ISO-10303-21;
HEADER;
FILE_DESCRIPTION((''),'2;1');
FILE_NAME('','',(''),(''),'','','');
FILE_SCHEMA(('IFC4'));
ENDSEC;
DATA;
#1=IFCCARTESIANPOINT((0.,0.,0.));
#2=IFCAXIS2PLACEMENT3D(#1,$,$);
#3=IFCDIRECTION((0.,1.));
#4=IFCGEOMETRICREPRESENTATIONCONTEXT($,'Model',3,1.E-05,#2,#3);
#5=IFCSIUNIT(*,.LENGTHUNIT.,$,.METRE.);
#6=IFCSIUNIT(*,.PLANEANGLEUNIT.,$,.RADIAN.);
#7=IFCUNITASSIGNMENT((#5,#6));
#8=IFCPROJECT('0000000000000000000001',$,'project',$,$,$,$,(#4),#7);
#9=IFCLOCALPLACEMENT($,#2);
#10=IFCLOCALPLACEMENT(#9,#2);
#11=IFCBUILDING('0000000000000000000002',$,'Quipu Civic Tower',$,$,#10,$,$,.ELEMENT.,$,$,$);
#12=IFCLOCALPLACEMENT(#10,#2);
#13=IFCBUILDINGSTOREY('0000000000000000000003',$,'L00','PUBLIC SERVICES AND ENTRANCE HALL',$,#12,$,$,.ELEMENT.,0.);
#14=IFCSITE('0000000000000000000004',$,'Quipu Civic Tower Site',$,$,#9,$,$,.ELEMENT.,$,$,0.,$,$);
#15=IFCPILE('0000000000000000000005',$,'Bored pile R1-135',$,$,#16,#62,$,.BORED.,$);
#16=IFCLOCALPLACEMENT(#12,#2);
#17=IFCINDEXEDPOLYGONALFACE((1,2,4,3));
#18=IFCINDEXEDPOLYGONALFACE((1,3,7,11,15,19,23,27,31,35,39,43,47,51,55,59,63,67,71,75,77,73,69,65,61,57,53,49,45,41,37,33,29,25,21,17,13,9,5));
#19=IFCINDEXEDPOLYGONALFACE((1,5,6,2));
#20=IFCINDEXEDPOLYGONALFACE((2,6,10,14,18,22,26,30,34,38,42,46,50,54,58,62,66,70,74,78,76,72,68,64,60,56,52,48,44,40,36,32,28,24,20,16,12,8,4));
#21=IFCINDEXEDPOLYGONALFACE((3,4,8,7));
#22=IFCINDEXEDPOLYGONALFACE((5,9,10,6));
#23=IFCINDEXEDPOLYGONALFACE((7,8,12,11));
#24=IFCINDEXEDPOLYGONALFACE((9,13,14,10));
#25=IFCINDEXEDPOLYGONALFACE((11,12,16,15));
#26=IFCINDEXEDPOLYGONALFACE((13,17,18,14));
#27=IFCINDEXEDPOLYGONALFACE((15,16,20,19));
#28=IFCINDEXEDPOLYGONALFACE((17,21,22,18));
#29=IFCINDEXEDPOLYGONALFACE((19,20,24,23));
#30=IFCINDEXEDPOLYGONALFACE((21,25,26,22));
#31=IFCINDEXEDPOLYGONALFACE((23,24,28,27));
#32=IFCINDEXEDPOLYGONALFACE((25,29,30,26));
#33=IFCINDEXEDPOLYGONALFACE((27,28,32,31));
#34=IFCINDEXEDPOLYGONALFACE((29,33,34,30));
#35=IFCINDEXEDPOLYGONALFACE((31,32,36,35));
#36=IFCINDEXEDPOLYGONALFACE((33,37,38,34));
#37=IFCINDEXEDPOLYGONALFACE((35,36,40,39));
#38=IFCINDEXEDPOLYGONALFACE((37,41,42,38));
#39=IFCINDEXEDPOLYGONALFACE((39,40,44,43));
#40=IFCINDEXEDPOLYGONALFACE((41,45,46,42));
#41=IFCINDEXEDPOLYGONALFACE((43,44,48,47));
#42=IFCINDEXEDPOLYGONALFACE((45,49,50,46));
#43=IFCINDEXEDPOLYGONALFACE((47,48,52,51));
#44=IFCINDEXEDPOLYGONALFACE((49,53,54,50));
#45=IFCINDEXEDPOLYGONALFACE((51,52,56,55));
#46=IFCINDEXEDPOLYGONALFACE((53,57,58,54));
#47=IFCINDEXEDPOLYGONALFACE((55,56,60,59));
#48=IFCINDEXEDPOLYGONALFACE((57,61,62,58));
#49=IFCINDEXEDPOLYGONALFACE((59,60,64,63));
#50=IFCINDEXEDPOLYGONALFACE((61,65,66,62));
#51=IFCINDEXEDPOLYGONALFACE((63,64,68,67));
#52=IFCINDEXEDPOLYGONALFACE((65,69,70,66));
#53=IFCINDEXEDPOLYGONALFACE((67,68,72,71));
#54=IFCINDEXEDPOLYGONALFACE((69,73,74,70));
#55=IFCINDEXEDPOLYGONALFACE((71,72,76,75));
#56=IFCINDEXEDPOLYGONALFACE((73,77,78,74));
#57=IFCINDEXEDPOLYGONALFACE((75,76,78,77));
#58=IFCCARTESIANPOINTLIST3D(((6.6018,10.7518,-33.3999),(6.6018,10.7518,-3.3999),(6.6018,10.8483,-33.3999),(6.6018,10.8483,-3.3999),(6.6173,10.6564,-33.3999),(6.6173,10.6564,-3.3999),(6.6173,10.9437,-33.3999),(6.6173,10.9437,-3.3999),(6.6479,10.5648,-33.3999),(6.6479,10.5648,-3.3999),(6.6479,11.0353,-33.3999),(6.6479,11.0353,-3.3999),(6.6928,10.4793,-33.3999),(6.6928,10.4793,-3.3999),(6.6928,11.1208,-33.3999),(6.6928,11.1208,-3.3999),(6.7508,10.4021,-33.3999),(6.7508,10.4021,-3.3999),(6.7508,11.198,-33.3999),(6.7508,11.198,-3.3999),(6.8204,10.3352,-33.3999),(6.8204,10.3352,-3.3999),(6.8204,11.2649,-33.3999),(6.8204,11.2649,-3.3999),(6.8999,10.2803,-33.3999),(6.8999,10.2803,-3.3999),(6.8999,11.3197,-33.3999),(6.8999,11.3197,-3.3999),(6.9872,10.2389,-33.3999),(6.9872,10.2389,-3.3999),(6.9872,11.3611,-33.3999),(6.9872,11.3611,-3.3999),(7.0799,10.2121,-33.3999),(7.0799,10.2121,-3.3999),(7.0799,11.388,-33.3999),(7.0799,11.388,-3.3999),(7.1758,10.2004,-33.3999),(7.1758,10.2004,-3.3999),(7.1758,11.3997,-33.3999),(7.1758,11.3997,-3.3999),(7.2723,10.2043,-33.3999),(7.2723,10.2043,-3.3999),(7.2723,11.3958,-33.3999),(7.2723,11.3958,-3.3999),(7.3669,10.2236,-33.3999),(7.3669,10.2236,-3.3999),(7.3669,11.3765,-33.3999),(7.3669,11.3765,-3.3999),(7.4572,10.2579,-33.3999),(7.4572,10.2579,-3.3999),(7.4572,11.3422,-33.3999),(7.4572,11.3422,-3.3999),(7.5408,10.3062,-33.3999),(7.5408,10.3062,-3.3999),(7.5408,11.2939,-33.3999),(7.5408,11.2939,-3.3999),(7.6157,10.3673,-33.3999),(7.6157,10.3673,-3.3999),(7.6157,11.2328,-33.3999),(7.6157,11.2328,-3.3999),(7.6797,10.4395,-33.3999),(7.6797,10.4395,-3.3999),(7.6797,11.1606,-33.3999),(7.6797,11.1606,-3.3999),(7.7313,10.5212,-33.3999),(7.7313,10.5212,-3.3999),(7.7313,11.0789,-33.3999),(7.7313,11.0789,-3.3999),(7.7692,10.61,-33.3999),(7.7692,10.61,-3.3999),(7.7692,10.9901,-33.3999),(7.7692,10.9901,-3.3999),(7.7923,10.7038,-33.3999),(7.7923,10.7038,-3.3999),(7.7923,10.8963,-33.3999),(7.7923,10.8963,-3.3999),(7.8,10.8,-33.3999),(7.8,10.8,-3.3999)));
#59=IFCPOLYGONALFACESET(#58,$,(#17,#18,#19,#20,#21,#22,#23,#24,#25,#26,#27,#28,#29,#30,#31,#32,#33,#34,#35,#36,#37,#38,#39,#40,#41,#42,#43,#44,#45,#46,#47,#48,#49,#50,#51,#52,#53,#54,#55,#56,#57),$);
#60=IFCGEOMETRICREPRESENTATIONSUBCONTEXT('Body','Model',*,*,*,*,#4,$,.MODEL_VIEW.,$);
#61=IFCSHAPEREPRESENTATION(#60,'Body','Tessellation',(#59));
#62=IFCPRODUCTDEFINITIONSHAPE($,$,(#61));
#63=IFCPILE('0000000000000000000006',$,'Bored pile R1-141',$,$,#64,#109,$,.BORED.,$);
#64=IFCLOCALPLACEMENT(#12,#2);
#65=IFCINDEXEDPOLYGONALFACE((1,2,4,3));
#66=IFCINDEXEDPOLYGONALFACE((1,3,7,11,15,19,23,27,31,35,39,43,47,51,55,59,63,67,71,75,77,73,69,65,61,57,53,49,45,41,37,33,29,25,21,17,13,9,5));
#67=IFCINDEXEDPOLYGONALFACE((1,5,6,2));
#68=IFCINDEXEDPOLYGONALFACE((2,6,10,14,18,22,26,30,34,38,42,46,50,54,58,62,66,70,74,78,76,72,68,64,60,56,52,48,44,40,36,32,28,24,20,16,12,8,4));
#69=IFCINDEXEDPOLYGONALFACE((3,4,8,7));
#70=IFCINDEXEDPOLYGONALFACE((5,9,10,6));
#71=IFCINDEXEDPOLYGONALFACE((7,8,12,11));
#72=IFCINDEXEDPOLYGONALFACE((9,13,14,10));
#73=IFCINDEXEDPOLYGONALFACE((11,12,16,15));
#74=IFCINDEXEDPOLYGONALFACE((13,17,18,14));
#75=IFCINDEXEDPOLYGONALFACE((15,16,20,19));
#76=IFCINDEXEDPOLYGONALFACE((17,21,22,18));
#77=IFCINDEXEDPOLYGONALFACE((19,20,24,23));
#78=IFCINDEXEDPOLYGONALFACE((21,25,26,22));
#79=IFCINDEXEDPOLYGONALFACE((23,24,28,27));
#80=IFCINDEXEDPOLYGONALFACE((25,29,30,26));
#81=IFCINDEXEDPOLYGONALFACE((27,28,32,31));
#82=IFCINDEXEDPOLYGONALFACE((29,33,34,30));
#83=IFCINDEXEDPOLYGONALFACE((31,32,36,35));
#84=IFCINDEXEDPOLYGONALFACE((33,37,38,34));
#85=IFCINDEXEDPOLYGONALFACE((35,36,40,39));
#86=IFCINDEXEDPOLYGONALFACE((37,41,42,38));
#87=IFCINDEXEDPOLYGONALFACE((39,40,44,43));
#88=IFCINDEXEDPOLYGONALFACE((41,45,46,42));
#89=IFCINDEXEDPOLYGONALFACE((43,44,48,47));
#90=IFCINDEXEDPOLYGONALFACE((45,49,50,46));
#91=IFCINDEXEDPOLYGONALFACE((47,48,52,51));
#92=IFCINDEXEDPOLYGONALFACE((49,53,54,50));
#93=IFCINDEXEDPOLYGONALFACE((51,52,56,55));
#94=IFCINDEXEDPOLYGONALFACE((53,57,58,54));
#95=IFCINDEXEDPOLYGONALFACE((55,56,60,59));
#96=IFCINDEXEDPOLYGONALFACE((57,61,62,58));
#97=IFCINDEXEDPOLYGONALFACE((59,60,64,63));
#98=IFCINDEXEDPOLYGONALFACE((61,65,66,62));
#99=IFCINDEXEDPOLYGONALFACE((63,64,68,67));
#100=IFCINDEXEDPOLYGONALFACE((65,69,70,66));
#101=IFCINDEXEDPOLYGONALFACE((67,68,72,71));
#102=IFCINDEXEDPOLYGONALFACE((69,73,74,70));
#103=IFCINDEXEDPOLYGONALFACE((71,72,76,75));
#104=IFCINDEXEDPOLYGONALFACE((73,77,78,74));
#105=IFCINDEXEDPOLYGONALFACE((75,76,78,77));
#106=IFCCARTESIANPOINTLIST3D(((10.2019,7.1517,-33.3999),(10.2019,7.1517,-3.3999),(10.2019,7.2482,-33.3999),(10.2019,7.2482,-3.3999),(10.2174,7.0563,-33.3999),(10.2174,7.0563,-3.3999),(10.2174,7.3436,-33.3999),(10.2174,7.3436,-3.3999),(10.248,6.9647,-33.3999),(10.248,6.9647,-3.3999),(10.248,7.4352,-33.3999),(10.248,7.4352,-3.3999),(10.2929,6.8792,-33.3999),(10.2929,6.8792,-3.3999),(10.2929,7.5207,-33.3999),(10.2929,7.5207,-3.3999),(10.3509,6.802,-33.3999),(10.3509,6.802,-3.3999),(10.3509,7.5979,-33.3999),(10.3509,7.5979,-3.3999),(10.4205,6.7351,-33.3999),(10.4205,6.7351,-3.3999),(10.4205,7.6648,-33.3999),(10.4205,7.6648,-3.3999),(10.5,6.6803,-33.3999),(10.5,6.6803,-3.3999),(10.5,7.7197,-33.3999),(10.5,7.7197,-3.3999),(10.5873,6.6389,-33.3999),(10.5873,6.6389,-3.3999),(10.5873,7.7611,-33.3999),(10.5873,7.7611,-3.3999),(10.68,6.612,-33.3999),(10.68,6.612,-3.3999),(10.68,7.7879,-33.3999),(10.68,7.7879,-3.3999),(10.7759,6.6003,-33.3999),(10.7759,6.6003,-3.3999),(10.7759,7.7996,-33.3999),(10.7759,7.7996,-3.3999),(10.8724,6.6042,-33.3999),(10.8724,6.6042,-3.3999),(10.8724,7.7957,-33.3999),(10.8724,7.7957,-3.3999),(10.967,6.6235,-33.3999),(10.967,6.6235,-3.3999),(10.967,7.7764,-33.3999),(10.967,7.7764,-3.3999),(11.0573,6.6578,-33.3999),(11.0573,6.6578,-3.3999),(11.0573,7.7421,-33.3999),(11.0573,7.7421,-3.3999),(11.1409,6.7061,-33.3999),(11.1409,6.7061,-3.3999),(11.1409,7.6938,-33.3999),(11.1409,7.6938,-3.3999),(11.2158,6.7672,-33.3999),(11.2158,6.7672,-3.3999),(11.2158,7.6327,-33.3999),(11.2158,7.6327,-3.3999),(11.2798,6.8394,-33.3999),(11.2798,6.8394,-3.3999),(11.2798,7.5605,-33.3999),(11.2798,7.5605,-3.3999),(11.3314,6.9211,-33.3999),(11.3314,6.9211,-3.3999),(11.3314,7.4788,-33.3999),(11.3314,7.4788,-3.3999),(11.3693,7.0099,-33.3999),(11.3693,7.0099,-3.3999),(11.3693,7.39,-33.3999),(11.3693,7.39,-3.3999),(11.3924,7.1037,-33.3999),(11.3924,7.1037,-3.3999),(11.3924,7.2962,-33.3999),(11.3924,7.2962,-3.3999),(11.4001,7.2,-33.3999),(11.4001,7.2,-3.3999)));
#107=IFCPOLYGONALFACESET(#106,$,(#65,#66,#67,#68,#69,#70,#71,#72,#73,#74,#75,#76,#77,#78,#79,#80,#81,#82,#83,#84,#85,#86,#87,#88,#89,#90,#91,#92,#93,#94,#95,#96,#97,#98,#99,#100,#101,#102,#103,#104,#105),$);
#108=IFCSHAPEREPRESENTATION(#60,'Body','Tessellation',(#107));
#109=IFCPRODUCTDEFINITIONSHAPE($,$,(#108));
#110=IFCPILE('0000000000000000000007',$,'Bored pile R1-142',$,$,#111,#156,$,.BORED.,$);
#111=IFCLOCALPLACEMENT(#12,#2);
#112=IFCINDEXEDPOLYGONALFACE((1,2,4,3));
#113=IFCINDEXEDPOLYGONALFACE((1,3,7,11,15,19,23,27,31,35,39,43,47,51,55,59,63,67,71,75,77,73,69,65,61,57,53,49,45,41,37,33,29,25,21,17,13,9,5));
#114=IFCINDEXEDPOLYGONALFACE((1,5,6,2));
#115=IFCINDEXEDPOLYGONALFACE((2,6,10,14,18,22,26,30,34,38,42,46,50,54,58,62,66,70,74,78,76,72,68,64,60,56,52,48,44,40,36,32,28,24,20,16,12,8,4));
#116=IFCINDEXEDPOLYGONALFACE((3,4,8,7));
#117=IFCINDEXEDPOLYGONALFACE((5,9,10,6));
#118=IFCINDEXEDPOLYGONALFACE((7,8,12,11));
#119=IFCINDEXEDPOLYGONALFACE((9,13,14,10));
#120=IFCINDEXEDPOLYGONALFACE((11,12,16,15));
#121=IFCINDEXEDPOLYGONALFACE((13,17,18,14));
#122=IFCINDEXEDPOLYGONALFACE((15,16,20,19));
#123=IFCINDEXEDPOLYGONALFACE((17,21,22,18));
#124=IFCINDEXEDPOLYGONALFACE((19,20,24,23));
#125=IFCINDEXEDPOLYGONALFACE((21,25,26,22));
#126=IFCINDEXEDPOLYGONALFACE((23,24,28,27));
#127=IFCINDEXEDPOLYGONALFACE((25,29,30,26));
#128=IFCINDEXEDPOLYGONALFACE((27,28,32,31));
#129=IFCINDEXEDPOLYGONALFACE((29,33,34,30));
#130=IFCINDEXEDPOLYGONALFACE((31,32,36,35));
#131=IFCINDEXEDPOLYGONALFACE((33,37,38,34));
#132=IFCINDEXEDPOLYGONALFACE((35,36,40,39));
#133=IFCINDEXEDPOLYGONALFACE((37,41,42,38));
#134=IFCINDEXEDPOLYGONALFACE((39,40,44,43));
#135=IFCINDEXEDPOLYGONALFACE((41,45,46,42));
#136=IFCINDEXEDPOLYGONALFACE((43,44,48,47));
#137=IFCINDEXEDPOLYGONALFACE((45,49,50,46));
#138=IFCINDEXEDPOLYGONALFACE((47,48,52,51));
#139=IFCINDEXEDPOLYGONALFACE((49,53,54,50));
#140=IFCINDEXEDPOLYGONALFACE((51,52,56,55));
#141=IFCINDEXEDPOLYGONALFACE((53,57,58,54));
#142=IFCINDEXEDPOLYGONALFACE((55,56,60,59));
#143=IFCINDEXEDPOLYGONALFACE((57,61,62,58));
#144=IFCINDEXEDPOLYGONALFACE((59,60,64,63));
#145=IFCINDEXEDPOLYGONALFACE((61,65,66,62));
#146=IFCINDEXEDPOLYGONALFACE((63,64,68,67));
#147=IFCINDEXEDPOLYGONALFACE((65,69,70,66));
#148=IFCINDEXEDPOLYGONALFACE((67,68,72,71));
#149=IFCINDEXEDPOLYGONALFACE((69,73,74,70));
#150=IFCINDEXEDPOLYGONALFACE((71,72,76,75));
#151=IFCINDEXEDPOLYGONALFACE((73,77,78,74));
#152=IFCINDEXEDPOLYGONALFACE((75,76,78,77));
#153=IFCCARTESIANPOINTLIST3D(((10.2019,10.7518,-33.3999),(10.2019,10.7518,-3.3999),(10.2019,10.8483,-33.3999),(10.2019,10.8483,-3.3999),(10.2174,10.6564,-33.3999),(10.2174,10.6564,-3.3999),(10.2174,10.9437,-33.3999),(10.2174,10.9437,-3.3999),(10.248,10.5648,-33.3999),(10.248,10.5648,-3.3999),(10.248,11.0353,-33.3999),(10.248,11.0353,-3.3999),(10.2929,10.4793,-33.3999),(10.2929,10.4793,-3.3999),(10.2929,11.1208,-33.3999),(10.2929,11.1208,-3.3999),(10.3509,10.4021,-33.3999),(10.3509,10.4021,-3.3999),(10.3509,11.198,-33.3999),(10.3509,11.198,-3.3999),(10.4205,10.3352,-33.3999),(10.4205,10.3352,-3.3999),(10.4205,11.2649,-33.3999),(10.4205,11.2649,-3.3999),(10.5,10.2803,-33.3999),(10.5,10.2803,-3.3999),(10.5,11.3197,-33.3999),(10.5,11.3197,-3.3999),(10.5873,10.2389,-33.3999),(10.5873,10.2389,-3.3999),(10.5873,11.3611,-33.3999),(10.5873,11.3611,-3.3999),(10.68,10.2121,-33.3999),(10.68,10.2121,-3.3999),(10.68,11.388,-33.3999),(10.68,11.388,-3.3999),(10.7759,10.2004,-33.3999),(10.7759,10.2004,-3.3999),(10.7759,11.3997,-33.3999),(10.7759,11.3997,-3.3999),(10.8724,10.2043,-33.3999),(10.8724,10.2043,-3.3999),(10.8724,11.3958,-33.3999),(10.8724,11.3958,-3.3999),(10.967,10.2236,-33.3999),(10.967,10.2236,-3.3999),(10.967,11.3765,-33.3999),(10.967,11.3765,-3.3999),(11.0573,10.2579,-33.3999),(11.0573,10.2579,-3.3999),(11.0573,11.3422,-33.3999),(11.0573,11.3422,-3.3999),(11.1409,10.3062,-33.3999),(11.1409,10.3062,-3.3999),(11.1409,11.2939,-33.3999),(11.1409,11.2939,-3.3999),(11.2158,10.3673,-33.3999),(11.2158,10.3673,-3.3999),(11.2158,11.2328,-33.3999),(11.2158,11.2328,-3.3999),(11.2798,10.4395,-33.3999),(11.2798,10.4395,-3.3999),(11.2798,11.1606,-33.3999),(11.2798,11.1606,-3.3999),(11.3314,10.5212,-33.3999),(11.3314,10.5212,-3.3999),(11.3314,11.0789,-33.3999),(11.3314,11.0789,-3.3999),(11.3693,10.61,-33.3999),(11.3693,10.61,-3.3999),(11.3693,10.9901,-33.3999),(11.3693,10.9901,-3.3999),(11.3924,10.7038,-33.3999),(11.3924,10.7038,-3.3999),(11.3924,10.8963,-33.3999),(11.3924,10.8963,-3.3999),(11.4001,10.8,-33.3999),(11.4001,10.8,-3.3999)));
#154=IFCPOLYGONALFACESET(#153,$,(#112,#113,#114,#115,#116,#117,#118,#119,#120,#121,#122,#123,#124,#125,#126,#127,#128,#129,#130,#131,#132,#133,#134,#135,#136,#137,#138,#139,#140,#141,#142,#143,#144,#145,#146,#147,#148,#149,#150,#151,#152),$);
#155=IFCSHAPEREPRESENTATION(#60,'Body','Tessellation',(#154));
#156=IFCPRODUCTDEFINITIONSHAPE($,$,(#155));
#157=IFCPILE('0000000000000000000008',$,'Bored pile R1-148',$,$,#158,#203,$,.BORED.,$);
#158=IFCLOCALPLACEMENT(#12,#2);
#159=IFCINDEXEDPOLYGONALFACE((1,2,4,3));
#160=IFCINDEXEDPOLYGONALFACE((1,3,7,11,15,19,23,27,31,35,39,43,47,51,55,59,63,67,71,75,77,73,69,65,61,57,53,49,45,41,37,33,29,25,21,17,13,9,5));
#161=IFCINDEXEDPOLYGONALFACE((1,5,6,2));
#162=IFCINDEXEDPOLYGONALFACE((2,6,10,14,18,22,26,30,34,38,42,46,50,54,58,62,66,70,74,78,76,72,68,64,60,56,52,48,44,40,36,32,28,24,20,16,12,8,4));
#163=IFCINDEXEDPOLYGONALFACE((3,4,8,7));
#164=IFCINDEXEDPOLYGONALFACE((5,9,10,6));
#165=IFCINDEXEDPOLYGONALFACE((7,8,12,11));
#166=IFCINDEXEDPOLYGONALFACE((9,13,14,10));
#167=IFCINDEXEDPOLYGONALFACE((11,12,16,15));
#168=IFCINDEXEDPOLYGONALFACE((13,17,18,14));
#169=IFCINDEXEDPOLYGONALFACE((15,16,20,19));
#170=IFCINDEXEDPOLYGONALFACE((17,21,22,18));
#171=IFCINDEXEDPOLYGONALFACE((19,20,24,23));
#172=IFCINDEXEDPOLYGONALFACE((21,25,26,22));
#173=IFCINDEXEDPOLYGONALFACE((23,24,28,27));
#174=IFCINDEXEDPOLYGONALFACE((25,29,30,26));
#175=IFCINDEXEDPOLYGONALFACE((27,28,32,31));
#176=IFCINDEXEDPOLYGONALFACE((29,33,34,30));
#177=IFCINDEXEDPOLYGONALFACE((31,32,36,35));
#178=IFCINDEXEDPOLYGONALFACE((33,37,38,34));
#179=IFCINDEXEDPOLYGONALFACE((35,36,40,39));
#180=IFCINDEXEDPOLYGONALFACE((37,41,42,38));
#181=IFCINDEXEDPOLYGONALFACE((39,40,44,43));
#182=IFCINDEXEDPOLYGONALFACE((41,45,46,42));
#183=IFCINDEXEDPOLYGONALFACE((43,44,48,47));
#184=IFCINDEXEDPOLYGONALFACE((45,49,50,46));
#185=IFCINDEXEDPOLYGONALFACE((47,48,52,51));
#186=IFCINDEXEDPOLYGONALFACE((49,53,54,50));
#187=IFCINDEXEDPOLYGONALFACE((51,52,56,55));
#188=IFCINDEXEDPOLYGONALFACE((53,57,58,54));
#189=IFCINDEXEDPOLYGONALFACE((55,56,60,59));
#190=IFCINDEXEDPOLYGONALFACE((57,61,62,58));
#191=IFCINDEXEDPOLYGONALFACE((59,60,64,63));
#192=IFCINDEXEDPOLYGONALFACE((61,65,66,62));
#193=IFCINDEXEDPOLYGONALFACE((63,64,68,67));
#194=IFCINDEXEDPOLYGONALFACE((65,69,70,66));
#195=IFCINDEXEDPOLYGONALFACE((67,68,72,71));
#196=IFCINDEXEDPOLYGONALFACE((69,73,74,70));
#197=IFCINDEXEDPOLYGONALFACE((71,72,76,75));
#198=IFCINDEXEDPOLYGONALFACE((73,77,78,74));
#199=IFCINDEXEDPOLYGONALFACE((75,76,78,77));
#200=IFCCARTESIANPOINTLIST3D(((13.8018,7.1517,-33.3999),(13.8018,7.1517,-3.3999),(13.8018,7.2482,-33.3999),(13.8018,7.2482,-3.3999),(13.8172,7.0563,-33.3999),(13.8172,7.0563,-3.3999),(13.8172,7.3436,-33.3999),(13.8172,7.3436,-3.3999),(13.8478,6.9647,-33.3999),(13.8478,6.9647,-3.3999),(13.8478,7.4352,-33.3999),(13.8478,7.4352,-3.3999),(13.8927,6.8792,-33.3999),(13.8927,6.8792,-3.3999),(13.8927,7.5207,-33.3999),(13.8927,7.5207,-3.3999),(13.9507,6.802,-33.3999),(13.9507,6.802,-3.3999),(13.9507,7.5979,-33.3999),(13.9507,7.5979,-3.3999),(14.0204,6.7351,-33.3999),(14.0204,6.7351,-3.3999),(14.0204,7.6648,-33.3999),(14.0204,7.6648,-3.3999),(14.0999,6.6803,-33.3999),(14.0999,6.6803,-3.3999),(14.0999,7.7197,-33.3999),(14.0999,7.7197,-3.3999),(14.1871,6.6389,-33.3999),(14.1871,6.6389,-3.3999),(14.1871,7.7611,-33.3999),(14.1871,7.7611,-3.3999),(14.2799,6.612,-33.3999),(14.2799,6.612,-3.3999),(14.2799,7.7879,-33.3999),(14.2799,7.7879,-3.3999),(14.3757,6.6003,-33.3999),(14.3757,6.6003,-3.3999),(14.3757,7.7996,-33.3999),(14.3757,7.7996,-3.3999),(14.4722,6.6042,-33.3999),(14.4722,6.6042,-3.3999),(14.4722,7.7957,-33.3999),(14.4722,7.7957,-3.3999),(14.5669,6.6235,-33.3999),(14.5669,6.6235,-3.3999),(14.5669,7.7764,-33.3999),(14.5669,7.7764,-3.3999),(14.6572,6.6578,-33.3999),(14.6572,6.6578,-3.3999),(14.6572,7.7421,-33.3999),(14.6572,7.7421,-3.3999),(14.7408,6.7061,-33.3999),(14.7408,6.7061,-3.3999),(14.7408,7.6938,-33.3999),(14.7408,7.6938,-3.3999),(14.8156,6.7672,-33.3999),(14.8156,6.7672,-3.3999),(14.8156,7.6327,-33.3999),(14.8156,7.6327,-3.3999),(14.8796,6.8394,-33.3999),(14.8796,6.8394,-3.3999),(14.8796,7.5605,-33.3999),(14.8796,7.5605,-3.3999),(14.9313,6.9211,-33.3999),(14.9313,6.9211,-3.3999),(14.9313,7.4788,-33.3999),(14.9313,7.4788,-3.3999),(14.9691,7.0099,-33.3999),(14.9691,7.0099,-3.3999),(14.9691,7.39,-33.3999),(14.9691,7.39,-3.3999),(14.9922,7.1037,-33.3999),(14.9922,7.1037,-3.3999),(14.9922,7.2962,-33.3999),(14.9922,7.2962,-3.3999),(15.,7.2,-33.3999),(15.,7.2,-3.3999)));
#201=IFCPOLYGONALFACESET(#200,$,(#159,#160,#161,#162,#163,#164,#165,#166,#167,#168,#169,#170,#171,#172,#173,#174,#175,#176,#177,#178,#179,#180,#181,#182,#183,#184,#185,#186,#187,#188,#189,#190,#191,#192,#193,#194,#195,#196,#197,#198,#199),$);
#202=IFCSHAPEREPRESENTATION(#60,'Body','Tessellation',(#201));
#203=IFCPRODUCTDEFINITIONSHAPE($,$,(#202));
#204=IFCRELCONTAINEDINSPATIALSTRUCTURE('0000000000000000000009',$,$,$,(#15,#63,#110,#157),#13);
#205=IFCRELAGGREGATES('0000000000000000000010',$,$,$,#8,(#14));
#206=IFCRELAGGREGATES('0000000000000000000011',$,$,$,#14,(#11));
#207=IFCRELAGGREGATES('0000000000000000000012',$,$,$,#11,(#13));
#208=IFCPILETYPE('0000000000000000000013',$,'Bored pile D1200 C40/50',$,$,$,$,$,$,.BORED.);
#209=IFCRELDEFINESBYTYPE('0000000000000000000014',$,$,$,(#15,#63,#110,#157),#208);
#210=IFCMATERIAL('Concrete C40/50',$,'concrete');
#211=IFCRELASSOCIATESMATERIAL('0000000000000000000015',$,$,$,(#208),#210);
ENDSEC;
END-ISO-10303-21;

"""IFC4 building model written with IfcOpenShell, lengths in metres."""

from ifc_helpers import new_model, si_unit, direction, frame, origin, origin_2d, place, context, subcontext, project, spatial, circle, extrude, material, material_profile, profile_set, type_object, element, save


model = new_model("IFC4")

# Units and contexts
model_context = context("Model", 3, precision=1e-05, world=origin(), true_north=direction((0.0, 1.0)))
body_context = subcontext(model_context, "Body", "Model", "MODEL_VIEW")
ifc_project = project(units=[si_unit("LENGTHUNIT", "METRE"), si_unit("PLANEANGLEUNIT", "RADIAN")], contexts=[model_context])

# Site, building, storey
site_placement = place(None, origin())
site = spatial("IfcSite", under=ifc_project, at=site_placement, Name="Quipu Civic Tower Site", CompositionType="ELEMENT", RefElevation=0.0)
building_placement = place(site_placement, origin())
building = spatial("IfcBuilding", under=site, at=building_placement, Name="Quipu Civic Tower", CompositionType="ELEMENT")
storey_placement = place(building_placement, origin())
storey = spatial("IfcBuildingStorey", under=building, at=storey_placement, Name="L00", Description="PUBLIC SERVICES AND ENTRANCE HALL", CompositionType="ELEMENT", Elevation=0.0)

# Piles
ifc_material_1 = material(Name="Concrete C40/50", Category="concrete")
ifc_material_profile_1 = material_profile(ifc_material_1, circle(Radius=0.6001, at=origin_2d()), Name="RCD1200")
ifc_profile_set_1 = profile_set([ifc_material_profile_1], Name="Concrete C40/50")
pile_type_1 = type_object("IfcPileType", Name="Bored pile D1200 C40/50", PredefinedType="BORED", material=ifc_profile_set_1)
for number, where, z_axis, x_axis, name in (
    (1, (7.2, 10.8, -3.3999), (0.0, 0.0, -1.0), (1.0, 0.0, 0.0), "Bored pile R1-135"),
    (2, (10.8, 7.2, -3.3999), (0.0, 0.0, -1.0), (1.0, 0.0, 0.0), "Bored pile R1-141"),
    (3, (10.8, 10.8, -3.3999), (0.0, 0.0, -1.0), (1.0, 0.0, 0.0), "Bored pile R1-142"),
    (4, (14.3999, 7.2, -3.3999), (0.0, 0.0, -1.0), (1.0, 0.0, 0.0), "Bored pile R1-148"),
):
    element("IfcPile", number, at=place(storey_placement, frame(where, z_axis=z_axis, x_axis=x_axis)), inside=storey, type_object=pile_type_1, Name=name, PredefinedType="BORED", context=body_context, shape_type="SweptSolid", body=[
        extrude(circle(Radius=0.6001, at=origin_2d()), origin(), (0.0, 0.0, 1.0), 30.0),
    ])

save(model, "model.ifc")
